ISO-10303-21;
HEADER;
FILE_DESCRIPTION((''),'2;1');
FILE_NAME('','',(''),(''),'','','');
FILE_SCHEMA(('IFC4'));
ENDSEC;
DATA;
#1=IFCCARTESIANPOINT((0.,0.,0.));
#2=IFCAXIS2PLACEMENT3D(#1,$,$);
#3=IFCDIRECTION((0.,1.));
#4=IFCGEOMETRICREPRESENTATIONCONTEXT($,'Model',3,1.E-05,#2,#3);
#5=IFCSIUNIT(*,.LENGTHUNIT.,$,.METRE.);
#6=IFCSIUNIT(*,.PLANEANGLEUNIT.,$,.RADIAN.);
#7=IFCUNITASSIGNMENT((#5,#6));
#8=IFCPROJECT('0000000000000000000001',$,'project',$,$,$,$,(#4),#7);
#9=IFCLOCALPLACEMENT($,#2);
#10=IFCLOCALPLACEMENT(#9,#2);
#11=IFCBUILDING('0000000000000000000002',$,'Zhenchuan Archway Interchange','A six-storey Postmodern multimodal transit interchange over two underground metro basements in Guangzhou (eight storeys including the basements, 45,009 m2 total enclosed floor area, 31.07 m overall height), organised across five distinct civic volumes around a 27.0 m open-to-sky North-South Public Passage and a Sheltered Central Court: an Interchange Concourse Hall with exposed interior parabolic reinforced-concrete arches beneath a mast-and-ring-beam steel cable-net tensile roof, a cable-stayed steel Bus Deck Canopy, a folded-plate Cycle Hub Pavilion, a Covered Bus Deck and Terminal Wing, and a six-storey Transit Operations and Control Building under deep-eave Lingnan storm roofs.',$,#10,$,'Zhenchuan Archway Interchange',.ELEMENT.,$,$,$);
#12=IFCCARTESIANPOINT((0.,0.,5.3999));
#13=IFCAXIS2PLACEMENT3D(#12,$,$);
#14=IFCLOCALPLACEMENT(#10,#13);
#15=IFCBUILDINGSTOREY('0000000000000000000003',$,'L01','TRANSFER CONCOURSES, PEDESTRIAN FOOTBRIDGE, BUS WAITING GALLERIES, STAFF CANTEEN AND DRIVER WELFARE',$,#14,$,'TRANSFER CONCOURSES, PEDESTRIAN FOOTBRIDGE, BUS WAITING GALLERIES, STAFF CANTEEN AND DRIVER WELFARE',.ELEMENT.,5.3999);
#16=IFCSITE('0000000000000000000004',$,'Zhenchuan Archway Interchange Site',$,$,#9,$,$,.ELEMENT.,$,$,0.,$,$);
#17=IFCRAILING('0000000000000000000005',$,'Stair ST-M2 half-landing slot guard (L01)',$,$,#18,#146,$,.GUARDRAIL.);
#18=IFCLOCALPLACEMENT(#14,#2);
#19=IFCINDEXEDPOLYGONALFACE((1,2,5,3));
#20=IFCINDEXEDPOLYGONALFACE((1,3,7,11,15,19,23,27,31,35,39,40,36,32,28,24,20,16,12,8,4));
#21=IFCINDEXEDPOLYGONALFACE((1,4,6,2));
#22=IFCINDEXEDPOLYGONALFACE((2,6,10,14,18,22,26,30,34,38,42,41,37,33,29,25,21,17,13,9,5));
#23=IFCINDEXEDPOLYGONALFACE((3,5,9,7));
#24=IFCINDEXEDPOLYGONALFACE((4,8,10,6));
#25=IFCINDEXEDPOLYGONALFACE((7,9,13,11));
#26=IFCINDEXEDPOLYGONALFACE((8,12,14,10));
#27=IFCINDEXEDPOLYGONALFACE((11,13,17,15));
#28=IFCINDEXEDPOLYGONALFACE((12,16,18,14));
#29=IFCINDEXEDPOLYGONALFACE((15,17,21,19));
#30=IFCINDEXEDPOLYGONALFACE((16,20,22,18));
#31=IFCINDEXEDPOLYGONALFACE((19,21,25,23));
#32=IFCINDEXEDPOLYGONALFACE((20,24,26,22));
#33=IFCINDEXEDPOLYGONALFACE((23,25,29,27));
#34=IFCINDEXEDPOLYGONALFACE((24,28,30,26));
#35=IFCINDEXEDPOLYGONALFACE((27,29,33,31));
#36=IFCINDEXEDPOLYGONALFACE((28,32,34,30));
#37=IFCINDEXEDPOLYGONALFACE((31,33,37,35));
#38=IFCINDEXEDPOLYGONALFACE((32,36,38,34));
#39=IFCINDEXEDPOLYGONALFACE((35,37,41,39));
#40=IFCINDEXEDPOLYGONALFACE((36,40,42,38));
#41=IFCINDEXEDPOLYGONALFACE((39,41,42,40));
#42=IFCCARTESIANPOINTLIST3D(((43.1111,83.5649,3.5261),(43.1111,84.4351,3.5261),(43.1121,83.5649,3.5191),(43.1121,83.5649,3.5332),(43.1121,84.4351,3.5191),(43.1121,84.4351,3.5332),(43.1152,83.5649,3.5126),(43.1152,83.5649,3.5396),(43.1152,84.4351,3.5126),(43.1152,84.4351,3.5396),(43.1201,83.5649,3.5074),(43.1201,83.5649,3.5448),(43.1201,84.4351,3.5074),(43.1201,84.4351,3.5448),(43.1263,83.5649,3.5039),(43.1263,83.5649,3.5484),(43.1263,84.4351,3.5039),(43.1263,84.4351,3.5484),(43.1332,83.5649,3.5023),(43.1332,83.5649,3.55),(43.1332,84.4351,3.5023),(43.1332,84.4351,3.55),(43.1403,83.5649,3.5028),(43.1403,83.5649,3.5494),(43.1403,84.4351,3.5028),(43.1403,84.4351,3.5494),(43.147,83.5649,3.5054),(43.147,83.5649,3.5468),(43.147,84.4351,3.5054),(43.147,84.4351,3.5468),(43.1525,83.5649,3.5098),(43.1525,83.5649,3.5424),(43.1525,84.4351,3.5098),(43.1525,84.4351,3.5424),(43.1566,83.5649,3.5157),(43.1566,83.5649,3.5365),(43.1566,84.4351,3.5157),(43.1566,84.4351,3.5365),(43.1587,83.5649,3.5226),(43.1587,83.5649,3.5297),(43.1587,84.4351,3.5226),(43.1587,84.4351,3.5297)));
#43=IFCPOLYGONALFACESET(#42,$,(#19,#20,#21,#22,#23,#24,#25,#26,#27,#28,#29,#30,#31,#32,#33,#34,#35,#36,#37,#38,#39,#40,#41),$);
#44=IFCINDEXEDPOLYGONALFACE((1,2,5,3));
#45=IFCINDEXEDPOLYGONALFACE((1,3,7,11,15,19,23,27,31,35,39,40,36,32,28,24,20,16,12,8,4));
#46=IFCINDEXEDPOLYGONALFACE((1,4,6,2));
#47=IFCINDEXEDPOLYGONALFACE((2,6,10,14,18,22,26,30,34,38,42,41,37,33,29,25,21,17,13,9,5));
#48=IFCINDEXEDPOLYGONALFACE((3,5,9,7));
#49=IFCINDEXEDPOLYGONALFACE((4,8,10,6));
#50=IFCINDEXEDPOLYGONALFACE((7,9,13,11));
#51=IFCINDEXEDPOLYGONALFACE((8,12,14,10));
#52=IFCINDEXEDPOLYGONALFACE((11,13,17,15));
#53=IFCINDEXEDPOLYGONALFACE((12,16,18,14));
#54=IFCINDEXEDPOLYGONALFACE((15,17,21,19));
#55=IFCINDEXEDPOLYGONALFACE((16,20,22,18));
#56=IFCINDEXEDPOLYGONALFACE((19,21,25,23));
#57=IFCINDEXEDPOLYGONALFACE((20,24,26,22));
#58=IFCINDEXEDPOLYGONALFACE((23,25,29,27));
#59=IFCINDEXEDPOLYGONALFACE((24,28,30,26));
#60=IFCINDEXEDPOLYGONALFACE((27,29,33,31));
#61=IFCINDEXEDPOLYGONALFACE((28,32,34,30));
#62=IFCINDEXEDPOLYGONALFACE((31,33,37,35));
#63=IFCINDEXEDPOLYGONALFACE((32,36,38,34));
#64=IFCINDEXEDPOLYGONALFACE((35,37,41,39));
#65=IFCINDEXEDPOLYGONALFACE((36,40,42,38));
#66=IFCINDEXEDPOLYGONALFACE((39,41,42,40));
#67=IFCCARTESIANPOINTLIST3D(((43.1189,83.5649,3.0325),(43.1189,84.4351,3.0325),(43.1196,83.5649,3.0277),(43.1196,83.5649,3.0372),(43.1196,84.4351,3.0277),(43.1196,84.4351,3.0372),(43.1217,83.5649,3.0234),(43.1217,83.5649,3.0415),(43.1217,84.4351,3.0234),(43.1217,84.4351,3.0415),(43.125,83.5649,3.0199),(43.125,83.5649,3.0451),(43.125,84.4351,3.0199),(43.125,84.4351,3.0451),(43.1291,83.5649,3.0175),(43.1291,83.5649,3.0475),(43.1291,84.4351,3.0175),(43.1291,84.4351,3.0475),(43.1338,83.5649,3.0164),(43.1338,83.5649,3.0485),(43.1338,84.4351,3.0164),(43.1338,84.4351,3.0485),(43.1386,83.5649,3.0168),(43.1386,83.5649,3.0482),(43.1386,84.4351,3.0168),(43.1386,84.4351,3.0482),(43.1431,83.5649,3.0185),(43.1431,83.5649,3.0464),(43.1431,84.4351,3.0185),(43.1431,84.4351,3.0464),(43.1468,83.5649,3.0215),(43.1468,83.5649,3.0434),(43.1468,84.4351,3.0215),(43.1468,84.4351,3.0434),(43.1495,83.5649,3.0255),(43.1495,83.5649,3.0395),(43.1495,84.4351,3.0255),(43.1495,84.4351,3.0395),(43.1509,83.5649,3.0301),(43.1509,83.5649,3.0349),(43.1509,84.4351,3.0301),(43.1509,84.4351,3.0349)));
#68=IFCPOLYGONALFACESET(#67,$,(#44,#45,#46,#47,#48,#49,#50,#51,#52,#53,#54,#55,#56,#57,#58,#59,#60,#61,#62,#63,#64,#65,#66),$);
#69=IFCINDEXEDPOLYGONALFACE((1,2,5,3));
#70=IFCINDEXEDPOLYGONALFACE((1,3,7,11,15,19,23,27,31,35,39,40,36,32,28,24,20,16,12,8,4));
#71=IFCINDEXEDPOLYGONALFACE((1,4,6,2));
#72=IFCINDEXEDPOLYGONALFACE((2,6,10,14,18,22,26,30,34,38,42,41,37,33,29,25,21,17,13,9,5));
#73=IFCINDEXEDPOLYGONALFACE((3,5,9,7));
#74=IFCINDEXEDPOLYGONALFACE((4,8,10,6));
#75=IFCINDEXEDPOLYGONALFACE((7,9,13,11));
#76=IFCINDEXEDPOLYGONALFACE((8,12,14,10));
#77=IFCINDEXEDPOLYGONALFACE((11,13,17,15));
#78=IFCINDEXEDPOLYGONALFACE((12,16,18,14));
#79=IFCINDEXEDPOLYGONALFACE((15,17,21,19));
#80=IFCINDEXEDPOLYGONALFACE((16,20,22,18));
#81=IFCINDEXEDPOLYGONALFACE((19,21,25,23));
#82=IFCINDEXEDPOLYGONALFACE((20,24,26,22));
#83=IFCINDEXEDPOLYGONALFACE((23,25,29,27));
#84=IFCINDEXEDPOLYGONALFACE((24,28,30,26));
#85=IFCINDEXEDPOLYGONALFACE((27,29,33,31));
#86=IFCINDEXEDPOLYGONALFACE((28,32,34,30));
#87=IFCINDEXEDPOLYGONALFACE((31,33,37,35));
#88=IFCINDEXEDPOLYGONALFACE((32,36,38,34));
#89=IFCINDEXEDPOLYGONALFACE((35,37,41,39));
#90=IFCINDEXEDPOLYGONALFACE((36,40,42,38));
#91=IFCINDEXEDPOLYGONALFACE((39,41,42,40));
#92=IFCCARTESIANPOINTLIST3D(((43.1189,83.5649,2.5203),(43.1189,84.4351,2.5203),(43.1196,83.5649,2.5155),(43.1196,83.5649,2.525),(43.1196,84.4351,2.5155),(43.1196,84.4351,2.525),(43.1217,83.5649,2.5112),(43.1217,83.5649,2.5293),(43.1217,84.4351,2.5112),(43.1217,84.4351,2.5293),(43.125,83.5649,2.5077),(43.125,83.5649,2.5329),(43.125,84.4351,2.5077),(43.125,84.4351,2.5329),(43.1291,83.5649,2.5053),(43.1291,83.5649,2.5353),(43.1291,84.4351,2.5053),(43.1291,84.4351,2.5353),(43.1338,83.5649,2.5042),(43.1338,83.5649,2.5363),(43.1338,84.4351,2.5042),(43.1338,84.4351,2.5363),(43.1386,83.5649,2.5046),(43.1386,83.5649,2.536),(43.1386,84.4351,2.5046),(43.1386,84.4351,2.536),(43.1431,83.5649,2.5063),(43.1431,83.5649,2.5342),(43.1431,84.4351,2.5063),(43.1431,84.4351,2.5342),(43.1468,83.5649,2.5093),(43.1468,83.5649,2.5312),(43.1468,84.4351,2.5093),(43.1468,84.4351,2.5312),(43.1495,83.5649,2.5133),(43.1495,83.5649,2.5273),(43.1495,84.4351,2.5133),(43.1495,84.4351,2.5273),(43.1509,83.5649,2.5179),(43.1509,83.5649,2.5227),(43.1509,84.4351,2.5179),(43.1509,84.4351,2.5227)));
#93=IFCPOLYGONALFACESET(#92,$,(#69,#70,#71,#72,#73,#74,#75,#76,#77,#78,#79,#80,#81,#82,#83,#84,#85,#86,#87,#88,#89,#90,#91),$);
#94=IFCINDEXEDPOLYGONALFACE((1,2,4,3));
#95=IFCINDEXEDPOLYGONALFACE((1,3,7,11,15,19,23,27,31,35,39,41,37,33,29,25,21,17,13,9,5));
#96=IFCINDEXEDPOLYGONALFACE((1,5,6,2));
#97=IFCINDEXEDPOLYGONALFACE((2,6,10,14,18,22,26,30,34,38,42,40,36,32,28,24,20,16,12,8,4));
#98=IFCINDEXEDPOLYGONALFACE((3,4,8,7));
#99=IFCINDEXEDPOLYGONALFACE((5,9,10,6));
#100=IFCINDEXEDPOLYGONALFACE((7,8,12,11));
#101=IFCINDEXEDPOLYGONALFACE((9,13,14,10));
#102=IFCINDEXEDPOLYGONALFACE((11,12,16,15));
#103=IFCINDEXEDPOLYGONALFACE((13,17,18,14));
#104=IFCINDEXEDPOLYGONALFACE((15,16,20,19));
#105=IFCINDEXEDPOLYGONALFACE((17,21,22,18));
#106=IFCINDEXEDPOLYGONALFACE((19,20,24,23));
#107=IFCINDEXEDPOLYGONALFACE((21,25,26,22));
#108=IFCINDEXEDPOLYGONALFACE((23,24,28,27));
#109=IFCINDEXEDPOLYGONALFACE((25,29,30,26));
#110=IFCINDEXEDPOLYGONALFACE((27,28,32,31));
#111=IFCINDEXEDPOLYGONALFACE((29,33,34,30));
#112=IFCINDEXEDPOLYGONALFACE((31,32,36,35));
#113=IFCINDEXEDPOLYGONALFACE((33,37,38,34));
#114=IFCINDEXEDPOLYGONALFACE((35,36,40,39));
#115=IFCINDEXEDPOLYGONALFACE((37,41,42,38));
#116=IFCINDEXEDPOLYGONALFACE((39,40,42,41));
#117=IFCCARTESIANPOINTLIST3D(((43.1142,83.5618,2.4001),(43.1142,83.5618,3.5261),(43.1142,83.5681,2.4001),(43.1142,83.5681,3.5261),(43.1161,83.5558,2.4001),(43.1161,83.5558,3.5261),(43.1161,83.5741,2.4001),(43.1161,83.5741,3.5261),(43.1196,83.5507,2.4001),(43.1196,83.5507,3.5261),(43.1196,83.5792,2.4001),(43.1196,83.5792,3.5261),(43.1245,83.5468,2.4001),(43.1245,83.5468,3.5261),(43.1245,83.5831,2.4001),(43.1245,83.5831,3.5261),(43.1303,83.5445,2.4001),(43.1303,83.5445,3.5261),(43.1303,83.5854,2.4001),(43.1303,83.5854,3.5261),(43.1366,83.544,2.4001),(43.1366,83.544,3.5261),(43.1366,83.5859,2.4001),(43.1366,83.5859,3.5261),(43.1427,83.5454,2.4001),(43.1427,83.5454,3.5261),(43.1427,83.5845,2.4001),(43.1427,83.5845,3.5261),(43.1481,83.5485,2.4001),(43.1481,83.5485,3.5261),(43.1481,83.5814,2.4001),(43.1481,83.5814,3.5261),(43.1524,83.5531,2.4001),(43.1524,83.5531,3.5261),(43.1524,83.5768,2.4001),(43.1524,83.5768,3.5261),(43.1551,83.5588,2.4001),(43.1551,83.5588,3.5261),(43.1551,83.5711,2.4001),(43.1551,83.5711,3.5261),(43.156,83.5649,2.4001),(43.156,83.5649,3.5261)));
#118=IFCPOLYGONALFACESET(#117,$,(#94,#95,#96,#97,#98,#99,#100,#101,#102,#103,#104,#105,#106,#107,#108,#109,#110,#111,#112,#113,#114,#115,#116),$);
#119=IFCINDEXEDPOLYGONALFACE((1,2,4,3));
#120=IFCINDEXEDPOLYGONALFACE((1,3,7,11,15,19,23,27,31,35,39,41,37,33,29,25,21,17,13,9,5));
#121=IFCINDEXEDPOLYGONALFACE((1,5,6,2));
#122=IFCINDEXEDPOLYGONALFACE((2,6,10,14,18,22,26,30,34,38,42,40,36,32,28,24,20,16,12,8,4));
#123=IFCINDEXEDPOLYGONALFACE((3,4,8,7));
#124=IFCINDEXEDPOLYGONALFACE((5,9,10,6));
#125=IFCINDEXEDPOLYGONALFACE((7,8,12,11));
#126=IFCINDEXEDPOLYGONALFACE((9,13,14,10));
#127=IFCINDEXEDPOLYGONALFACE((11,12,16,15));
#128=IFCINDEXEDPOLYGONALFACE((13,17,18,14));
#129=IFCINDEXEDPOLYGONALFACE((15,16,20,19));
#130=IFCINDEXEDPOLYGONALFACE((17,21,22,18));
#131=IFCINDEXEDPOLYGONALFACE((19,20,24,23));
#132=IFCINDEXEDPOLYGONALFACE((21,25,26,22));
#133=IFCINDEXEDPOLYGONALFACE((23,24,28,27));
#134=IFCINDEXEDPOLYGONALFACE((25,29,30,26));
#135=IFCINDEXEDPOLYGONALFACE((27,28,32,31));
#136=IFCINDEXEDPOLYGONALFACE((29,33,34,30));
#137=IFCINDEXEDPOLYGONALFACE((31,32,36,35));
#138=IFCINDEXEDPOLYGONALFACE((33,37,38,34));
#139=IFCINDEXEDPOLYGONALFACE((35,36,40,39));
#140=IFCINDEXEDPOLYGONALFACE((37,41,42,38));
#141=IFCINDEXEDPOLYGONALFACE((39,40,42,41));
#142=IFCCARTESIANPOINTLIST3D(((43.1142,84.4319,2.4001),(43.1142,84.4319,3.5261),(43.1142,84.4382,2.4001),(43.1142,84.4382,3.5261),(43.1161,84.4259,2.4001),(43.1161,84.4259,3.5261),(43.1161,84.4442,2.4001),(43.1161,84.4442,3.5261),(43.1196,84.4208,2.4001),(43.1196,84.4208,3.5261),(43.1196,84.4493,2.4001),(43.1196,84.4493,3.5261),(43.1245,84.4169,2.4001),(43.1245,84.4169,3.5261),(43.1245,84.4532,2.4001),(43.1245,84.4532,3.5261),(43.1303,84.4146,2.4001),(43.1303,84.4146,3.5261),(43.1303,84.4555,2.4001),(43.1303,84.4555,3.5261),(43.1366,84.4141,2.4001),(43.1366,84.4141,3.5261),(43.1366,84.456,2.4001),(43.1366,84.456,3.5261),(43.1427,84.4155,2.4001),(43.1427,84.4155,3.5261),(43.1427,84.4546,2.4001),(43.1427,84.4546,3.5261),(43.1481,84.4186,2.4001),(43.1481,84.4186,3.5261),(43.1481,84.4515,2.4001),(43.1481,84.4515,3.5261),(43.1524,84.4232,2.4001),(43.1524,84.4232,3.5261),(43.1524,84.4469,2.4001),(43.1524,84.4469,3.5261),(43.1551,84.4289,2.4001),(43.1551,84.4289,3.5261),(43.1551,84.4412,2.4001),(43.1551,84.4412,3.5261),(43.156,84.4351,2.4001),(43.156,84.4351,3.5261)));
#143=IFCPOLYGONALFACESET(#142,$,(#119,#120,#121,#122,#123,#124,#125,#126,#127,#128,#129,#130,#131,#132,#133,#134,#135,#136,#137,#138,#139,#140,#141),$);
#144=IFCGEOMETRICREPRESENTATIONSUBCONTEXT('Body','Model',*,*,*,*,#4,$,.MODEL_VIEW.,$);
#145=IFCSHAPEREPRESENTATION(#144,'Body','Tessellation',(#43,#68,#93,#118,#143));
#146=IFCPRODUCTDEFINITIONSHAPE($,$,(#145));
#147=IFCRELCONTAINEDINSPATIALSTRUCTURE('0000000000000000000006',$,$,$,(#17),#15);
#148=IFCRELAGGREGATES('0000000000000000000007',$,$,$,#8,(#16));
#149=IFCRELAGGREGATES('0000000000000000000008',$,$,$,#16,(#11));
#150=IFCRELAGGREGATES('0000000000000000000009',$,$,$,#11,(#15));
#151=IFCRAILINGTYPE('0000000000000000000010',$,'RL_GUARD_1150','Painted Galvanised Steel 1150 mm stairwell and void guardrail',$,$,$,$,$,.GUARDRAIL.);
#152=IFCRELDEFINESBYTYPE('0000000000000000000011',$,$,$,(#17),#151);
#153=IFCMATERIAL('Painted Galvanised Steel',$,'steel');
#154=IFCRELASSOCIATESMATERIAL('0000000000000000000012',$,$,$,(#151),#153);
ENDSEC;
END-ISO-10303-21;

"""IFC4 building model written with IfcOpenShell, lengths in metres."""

from ifc_helpers import new_model, si_unit, direction, frame, origin, origin_2d, place, context, subcontext, project, spatial, circle, extrude, material, type_object, element, save


model = new_model("IFC4")

# Units and contexts
model_context = context("Model", 3, precision=1e-05, world=origin(), true_north=direction((0.0, 1.0)))
body_context = subcontext(model_context, "Body", "Model", "MODEL_VIEW")
ifc_project = project(units=[si_unit("LENGTHUNIT", "METRE"), si_unit("PLANEANGLEUNIT", "RADIAN")], contexts=[model_context])

# Site, building, storey
site_placement = place(None, origin())
site = spatial("IfcSite", under=ifc_project, at=site_placement, Name="Zhenchuan Archway Interchange Site", CompositionType="ELEMENT", RefElevation=0.0)
building_placement = place(site_placement, origin())
building = spatial("IfcBuilding", under=site, at=building_placement, Name="Zhenchuan Archway Interchange", Description="A six-storey Postmodern multimodal transit interchange over two underground metro basements in Guangzhou (eight storeys including the basements, 45,009 m2 total enclosed floor area, 31.07 m overall height), organised across five distinct civic volumes around a 27.0 m open-to-sky North-South Public Passage and a Sheltered Central Court: an Interchange Concourse Hall with exposed interior parabolic reinforced-concrete arches beneath a mast-and-ring-beam steel cable-net tensile roof, a cable-stayed steel Bus Deck Canopy, a folded-plate Cycle Hub Pavilion, a Covered Bus Deck and Terminal Wing, and a six-storey Transit Operations and Control Building under deep-eave Lingnan storm roofs.", LongName="Zhenchuan Archway Interchange", CompositionType="ELEMENT")
storey_placement = place(building_placement, frame((0.0, 0.0, 5.3999)))
storey = spatial("IfcBuildingStorey", under=building, at=storey_placement, Name="L01", Description="TRANSFER CONCOURSES, PEDESTRIAN FOOTBRIDGE, BUS WAITING GALLERIES, STAFF CANTEEN AND DRIVER WELFARE", LongName="TRANSFER CONCOURSES, PEDESTRIAN FOOTBRIDGE, BUS WAITING GALLERIES, STAFF CANTEEN AND DRIVER WELFARE", CompositionType="ELEMENT", Elevation=5.3999)

# Shared definitions
ifc_material_1 = material(Name="Painted Galvanised Steel", Category="steel")

# Railing
railing_type_1 = type_object("IfcRailingType", Name="RL_GUARD_1150", Description="Painted Galvanised Steel 1150 mm stairwell and void guardrail", PredefinedType="GUARDRAIL", material=ifc_material_1)
for number, where, name in (
    (1, (43.135, 83.5649, 2.4001), "Stair ST-M2 half-landing slot guard (L01)"),
):
    element("IfcRailing", number, at=place(storey_placement, frame(where)), inside=storey, type_object=railing_type_1, Name=name, PredefinedType="GUARDRAIL", context=body_context, shape_type="SweptSolid", body=[
        extrude(circle(Radius=0.0239, at=origin_2d()), frame((0.0, 0.0, 1.126), z_axis=(0.0, 1.0, 0.0), x_axis=(-1.0, 0.0, 0.0)), (0.0, 0.0, 1.0), 0.8701),
        extrude(circle(Radius=0.0161, at=origin_2d()), frame((0.0, 0.0, 0.6323), z_axis=(0.0, 1.0, 0.0), x_axis=(-1.0, 0.0, 0.0)), (0.0, 0.0, 1.0), 0.8701),
        extrude(circle(Radius=0.0161, at=origin_2d()), frame((0.0, 0.0, 0.1201), z_axis=(0.0, 1.0, 0.0), x_axis=(-1.0, 0.0, 0.0)), (0.0, 0.0, 1.0), 0.8701),
        extrude(circle(Radius=0.021, at=origin_2d()), origin(), (0.0, 0.0, 1.0), 1.126),
        extrude(circle(Radius=0.021, at=origin_2d()), frame((0.0, 0.8701, 0.0)), (0.0, 0.0, 1.0), 1.126),
    ])

save(model, "model.ifc")
